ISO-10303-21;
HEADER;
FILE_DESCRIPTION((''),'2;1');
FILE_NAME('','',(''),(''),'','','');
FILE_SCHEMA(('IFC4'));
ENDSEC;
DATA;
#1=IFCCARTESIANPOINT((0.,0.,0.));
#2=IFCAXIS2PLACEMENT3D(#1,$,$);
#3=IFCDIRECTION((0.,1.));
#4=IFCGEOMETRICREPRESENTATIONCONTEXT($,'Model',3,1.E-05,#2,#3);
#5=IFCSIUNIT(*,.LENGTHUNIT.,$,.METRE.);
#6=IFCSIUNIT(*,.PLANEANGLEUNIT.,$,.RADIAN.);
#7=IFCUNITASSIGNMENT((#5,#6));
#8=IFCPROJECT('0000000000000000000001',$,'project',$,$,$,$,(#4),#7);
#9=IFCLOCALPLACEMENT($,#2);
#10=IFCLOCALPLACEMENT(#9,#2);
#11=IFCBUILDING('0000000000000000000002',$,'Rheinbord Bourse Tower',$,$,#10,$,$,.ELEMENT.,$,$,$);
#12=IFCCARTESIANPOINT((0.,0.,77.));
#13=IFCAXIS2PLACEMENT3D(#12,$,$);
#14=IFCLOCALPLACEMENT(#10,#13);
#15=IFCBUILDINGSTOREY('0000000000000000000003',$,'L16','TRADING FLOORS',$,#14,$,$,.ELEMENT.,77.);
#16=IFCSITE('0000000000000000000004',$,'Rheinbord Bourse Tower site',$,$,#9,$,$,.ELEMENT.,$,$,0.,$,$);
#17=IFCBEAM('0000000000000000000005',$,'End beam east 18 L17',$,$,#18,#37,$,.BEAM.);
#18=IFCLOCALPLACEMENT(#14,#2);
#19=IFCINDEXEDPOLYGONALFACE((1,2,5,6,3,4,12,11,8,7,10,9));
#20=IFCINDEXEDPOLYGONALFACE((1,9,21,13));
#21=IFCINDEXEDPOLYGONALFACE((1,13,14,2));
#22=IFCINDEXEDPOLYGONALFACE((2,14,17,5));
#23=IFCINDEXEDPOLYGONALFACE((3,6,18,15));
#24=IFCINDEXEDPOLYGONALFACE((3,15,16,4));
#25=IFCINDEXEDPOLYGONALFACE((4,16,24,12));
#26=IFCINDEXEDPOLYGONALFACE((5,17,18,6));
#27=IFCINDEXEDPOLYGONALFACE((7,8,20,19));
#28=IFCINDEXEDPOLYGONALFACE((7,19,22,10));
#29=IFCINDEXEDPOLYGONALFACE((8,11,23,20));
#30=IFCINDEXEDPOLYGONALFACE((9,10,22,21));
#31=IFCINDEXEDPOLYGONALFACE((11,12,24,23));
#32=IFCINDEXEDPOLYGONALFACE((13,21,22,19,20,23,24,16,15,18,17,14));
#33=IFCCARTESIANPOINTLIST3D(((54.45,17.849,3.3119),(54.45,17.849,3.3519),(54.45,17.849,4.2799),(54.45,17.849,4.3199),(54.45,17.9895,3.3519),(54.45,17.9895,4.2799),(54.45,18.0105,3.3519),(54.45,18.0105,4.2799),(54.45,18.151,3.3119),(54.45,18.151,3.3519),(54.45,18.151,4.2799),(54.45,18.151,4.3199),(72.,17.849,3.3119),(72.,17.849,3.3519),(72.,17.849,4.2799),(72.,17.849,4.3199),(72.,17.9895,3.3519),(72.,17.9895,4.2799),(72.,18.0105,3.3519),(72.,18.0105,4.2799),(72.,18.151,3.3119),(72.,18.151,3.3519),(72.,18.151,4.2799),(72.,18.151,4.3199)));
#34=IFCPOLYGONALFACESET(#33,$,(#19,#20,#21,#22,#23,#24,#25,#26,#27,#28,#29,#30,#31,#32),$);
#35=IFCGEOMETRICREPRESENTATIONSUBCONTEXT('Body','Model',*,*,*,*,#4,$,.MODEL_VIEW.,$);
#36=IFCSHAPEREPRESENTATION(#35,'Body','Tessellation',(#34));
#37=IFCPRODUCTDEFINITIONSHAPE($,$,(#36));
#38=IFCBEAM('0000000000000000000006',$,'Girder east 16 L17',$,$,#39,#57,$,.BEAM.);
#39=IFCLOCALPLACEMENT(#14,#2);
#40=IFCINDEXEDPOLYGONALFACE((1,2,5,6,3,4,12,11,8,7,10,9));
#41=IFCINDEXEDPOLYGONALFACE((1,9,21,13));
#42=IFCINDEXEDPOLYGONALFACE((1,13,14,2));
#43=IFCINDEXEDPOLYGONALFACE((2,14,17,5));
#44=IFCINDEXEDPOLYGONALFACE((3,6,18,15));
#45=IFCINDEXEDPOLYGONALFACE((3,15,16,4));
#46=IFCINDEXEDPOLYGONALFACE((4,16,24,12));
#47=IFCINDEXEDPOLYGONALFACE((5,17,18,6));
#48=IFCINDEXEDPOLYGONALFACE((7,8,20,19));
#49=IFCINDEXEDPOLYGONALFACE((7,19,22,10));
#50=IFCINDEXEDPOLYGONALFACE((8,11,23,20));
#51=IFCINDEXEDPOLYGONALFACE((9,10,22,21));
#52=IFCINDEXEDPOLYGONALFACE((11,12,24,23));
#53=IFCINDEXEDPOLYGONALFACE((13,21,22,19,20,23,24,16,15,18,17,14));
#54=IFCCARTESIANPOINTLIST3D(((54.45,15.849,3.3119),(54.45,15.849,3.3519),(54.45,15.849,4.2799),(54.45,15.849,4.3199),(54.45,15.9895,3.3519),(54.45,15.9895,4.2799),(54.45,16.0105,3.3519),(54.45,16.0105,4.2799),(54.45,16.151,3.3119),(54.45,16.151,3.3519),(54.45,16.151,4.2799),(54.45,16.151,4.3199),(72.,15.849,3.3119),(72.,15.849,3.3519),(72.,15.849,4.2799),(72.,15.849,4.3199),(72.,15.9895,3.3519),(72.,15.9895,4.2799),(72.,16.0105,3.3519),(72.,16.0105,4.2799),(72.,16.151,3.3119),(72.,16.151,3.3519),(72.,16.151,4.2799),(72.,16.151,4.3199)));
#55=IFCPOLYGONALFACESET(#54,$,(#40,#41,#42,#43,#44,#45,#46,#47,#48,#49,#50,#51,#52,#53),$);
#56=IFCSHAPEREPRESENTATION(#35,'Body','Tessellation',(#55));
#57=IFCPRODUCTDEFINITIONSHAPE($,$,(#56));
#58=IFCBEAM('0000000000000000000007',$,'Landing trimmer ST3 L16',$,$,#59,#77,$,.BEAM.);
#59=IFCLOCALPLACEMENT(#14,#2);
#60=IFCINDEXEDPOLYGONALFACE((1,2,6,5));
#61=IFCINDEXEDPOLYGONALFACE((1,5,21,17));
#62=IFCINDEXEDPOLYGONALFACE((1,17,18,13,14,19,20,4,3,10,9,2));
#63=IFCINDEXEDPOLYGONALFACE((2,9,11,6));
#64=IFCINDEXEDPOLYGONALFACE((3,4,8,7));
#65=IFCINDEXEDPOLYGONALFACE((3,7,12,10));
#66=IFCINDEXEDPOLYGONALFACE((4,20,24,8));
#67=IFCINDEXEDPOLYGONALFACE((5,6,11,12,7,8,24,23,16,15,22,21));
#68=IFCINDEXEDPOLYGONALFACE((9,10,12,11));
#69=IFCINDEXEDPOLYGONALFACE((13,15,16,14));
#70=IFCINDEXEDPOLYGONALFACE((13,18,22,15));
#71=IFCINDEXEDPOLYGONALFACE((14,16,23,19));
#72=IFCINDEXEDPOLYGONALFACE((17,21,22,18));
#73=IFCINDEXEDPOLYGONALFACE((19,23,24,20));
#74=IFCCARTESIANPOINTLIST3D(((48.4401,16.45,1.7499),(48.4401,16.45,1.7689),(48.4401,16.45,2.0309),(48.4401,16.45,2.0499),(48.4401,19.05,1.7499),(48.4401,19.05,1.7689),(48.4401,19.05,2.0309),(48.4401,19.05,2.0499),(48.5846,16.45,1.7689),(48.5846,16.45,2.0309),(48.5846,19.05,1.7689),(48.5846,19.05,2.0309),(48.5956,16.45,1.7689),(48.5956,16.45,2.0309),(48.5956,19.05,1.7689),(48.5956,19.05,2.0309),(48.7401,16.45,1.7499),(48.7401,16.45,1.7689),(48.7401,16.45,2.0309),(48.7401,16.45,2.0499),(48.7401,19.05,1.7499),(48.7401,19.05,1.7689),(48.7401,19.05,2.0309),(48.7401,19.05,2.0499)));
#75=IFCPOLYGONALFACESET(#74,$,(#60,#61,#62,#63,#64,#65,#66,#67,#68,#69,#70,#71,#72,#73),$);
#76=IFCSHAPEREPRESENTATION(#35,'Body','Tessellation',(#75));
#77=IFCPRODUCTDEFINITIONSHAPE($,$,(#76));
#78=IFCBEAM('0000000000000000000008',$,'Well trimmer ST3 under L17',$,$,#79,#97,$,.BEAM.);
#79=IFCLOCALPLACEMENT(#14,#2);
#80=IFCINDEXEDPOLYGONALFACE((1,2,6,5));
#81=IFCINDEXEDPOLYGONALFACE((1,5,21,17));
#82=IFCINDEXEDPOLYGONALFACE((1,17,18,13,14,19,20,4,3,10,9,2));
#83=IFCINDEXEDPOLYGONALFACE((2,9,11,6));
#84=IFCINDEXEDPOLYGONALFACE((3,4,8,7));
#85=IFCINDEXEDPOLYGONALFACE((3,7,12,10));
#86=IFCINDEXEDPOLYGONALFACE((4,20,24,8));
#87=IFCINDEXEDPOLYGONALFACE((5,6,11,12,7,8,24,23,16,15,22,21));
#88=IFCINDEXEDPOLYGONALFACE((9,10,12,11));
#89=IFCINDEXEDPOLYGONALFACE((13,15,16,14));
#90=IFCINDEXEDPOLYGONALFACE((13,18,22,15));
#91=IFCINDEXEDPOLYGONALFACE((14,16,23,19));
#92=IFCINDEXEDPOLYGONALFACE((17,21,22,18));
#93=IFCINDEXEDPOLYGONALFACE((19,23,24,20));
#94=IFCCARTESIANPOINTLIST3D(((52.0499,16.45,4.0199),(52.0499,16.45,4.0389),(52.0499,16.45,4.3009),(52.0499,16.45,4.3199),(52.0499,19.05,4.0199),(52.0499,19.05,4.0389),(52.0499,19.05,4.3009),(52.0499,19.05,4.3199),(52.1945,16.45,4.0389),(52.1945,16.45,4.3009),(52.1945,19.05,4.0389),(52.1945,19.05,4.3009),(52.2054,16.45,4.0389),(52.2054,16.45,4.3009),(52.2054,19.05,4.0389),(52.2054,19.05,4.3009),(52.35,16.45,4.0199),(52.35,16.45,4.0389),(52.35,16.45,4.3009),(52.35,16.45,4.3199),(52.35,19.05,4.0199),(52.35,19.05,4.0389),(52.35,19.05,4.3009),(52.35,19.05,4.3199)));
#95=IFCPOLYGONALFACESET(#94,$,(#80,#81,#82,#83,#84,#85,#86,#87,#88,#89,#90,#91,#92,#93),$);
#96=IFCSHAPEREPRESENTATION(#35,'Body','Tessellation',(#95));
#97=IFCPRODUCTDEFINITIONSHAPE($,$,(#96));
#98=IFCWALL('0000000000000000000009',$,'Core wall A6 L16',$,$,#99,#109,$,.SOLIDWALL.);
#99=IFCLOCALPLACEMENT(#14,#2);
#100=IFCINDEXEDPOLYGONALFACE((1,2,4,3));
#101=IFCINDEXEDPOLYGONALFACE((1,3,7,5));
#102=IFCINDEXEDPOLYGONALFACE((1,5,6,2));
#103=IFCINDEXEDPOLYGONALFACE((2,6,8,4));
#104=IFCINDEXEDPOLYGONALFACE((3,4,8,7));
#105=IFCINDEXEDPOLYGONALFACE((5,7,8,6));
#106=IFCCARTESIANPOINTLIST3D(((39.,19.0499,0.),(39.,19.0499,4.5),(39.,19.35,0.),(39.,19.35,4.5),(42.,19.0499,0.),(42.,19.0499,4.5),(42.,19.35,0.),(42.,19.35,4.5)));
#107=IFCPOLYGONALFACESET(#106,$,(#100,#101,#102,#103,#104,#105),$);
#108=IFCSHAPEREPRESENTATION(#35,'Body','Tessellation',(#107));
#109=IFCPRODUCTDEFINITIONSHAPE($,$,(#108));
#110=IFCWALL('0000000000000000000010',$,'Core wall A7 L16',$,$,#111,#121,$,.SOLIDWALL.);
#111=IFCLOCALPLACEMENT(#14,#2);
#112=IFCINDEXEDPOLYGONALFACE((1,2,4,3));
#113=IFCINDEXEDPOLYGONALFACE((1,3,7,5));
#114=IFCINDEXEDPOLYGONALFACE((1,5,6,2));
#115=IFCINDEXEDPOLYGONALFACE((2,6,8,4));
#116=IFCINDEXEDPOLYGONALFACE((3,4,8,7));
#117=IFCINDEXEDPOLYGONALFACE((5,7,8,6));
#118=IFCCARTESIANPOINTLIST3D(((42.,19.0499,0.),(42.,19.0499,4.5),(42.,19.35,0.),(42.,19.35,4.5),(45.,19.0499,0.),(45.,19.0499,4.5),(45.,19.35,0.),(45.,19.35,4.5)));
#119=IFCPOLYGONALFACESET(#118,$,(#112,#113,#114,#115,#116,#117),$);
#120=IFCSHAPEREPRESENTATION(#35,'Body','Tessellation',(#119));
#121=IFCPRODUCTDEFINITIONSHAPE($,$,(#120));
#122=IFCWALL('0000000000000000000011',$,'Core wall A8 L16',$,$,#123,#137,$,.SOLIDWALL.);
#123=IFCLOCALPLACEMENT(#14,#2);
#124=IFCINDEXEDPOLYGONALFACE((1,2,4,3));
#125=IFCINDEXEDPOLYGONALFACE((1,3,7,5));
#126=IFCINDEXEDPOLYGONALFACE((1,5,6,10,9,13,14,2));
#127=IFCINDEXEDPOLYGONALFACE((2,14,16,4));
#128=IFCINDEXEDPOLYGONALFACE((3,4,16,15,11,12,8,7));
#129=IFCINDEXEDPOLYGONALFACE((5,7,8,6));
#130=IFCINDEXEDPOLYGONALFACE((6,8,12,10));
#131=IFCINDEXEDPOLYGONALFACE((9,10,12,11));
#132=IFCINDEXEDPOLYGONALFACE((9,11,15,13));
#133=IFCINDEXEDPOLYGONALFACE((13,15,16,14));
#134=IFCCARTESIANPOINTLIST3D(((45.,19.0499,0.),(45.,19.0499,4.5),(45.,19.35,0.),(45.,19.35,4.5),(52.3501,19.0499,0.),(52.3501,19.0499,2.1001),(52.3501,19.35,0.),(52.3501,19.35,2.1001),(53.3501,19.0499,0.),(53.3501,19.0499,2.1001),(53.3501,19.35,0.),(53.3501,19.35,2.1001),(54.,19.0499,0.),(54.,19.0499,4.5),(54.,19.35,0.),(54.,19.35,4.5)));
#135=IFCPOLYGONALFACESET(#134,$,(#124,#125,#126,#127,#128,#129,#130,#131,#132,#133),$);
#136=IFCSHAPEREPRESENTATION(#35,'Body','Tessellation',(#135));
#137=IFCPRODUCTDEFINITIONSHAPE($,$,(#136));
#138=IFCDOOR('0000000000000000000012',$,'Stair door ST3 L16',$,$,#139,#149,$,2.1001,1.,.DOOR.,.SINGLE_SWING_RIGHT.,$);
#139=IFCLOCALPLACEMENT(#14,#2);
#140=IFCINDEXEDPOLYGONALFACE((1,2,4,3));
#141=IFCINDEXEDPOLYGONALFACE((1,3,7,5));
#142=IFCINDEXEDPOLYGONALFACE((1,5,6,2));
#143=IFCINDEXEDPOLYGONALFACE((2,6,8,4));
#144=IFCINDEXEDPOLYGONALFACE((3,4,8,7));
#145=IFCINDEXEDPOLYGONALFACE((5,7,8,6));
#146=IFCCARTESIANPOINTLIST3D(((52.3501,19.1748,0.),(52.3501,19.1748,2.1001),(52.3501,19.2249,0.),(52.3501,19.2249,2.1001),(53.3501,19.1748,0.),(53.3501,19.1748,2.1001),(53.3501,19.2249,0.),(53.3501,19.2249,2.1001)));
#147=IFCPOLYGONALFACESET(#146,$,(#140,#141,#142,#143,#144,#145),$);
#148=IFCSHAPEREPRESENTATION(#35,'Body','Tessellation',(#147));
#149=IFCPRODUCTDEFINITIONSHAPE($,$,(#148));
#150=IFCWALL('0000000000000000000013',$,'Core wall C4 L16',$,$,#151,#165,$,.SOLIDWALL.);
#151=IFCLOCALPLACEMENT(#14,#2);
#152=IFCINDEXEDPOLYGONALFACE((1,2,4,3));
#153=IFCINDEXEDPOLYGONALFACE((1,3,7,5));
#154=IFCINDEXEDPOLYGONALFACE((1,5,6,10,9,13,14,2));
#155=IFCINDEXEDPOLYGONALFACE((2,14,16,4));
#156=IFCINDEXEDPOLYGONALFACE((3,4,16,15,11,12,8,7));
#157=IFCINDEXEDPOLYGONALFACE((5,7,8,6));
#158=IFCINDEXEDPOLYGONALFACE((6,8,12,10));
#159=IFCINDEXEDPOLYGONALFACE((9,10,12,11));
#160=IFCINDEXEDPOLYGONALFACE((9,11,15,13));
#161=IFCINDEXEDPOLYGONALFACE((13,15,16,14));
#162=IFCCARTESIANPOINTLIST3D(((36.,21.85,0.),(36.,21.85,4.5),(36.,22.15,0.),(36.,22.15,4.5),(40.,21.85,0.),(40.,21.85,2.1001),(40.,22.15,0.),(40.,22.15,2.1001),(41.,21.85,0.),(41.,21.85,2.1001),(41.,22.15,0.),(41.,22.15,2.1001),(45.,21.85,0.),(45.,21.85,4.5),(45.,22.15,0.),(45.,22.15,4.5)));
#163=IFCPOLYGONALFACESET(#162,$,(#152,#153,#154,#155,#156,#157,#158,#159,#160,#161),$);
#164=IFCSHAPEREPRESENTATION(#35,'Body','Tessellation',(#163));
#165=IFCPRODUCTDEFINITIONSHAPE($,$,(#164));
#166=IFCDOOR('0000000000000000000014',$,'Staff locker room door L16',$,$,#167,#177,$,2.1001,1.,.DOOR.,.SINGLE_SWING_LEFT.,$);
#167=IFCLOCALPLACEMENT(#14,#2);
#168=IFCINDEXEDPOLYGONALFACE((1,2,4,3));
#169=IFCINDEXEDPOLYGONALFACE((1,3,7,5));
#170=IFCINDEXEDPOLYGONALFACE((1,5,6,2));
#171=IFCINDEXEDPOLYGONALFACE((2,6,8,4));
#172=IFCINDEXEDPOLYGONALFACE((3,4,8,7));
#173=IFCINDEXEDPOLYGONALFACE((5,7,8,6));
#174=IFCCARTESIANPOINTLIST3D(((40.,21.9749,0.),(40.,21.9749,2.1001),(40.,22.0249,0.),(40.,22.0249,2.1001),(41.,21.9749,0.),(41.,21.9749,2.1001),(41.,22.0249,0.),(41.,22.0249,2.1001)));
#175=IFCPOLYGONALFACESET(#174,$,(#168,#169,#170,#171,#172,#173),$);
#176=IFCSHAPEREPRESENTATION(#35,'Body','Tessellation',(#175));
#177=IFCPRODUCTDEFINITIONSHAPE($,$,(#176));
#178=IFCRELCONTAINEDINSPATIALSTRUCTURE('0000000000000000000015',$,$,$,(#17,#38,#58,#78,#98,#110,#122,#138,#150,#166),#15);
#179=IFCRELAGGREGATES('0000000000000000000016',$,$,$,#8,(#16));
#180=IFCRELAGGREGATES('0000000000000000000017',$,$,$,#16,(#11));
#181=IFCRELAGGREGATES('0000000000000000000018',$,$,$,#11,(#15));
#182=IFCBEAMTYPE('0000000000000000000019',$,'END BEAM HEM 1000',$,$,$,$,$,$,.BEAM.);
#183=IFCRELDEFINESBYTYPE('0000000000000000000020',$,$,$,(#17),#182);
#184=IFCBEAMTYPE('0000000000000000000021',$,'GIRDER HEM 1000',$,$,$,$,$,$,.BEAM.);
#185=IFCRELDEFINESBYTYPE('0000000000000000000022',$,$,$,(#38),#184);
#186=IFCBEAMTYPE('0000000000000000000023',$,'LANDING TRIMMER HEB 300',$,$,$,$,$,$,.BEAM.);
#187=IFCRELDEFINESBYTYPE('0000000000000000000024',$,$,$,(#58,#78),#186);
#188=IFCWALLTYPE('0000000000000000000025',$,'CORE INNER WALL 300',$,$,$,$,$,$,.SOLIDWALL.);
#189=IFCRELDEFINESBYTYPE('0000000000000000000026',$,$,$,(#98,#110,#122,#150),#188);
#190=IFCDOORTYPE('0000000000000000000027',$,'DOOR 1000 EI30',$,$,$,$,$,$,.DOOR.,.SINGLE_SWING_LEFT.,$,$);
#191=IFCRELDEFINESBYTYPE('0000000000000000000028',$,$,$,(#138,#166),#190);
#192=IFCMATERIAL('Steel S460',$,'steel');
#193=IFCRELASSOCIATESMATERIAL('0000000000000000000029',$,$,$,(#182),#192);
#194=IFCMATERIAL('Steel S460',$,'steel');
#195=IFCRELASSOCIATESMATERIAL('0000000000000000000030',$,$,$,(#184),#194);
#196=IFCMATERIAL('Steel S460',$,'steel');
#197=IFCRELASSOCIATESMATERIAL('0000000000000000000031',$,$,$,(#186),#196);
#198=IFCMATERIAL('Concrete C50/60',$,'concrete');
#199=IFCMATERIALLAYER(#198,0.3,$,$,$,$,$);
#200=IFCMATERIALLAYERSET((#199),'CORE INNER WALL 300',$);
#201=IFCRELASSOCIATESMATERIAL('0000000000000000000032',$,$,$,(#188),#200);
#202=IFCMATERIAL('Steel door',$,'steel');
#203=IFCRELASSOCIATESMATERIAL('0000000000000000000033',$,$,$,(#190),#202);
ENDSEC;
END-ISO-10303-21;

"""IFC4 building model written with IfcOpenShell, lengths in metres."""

from ifc_helpers import new_model, si_unit, direction, frame, frame_2d, origin, origin_2d, place, context, subcontext, project, spatial, rectangle, i_section, extrude, material, layer, layer_set, material_profile, profile_set, type_object, element, fill, save


model = new_model("IFC4")

# Units and contexts
model_context = context("Model", 3, precision=1e-05, world=origin(), true_north=direction((0.0, 1.0)))
body_context = subcontext(model_context, "Body", "Model", "MODEL_VIEW")
ifc_project = project(units=[si_unit("LENGTHUNIT", "METRE"), si_unit("PLANEANGLEUNIT", "RADIAN")], contexts=[model_context])

# Site, building, storey
site_placement = place(None, origin())
site = spatial("IfcSite", under=ifc_project, at=site_placement, Name="Rheinbord Bourse Tower site", CompositionType="ELEMENT", RefElevation=0.0)
building_placement = place(site_placement, origin())
building = spatial("IfcBuilding", under=site, at=building_placement, Name="Rheinbord Bourse Tower", CompositionType="ELEMENT")
storey_placement = place(building_placement, frame((0.0, 0.0, 77.0)))
storey = spatial("IfcBuildingStorey", under=building, at=storey_placement, Name="L16", Description="TRADING FLOORS", CompositionType="ELEMENT", Elevation=77.0)

# Beams
ifc_material_1 = material(Name="Steel S460", Category="steel")
ifc_material_profile_1 = material_profile(ifc_material_1, i_section(OverallWidth=0.302, OverallDepth=1.0081, WebThickness=0.021, FlangeThickness=0.04, at=origin_2d()), Name="HEM 1000")
ifc_profile_set_1 = profile_set([ifc_material_profile_1], Name="Steel S460")
beam_type_1 = type_object("IfcBeamType", Name="END BEAM HEM 1000", PredefinedType="BEAM", material=ifc_profile_set_1)
beam_1_placement = place(storey_placement, frame((54.45, 18.0, 3.8159), z_axis=(1.0, 0.0, 0.0), x_axis=(0.0, 1.0, 0.0)))
element("IfcBeam", 1, at=beam_1_placement, inside=storey, type_object=beam_type_1, Name="End beam east 18 L17", PredefinedType="BEAM", context=body_context, shape_type="SweptSolid", body=[
    extrude(i_section(OverallWidth=0.302, OverallDepth=1.0081, WebThickness=0.021, FlangeThickness=0.04, at=origin_2d()), origin(), (0.0, 0.0, 1.0), 17.55),
])
ifc_material_2 = material(Name="Steel S460", Category="steel")
ifc_material_profile_2 = material_profile(ifc_material_2, i_section(OverallWidth=0.302, OverallDepth=1.0081, WebThickness=0.021, FlangeThickness=0.04, at=origin_2d()), Name="HEM 1000")
ifc_profile_set_2 = profile_set([ifc_material_profile_2], Name="Steel S460")
beam_type_2 = type_object("IfcBeamType", Name="GIRDER HEM 1000", PredefinedType="BEAM", material=ifc_profile_set_2)
beam_2_placement = place(storey_placement, frame((54.45, 16.0, 3.8159), z_axis=(1.0, 0.0, 0.0), x_axis=(0.0, 1.0, 0.0)))
element("IfcBeam", 2, at=beam_2_placement, inside=storey, type_object=beam_type_2, Name="Girder east 16 L17", PredefinedType="BEAM", context=body_context, shape_type="SweptSolid", body=[
    extrude(i_section(OverallWidth=0.302, OverallDepth=1.0081, WebThickness=0.021, FlangeThickness=0.04, at=origin_2d()), origin(), (0.0, 0.0, 1.0), 17.55),
])
ifc_material_3 = material(Name="Steel S460", Category="steel")
ifc_material_profile_3 = material_profile(ifc_material_3, i_section(OverallWidth=0.3, OverallDepth=0.3, WebThickness=0.011, FlangeThickness=0.019, at=origin_2d()), Name="HEB 300")
ifc_profile_set_3 = profile_set([ifc_material_profile_3], Name="Steel S460")
beam_type_3 = type_object("IfcBeamType", Name="LANDING TRIMMER HEB 300", PredefinedType="BEAM", material=ifc_profile_set_3)
for number, where, z_axis, x_axis, name in (
    (3, (48.5901, 16.45, 1.8999), (0.0, 1.0, 0.0), (-1.0, 0.0, 0.0), "Landing trimmer ST3 L16"),
    (4, (52.2, 16.45, 4.1699), (0.0, 1.0, 0.0), (-1.0, 0.0, 0.0), "Well trimmer ST3 under L17"),
):
    element("IfcBeam", number, at=place(storey_placement, frame(where, z_axis=z_axis, x_axis=x_axis)), inside=storey, type_object=beam_type_3, Name=name, PredefinedType="BEAM", context=body_context, shape_type="SweptSolid", body=[
        extrude(i_section(OverallWidth=0.3, OverallDepth=0.3, WebThickness=0.011, FlangeThickness=0.019, at=origin_2d()), origin(), (0.0, 0.0, 1.0), 2.6001),
    ])

# Walls
ifc_material_4 = material(Name="Concrete C50/60", Category="concrete")
ifc_layer_1 = layer(ifc_material_4, 0.3)
ifc_layer_set_1 = layer_set([ifc_layer_1], Name="CORE INNER WALL 300")
wall_type_1 = type_object("IfcWallType", Name="CORE INNER WALL 300", PredefinedType="SOLIDWALL", material=ifc_layer_set_1)
for number, where, z_axis, x_axis, name in (
    (5, (39.0, 19.2, 0.0), (0.0, 0.0, 1.0), (1.0, 0.0, 0.0), "Core wall A6 L16"),
    (6, (42.0, 19.2, 0.0), (0.0, 0.0, 1.0), (1.0, 0.0, 0.0), "Core wall A7 L16"),
):
    element("IfcWall", number, at=place(storey_placement, frame(where, z_axis=z_axis, x_axis=x_axis)), inside=storey, type_object=wall_type_1, Name=name, PredefinedType="SOLIDWALL", context=body_context, shape_type="SweptSolid", body=[
        extrude(rectangle(XDim=3.0, YDim=0.3, at=frame_2d((1.5, 0.0))), origin(), (0.0, 0.0, 1.0), 4.5),
    ])

# Walls, openings, doors
wall_1_placement = place(storey_placement, frame((45.0, 19.2, 0.0), z_axis=(0.0, 0.0, 1.0), x_axis=(1.0, 0.0, 0.0)))
wall_1 = element("IfcWall", 7, at=wall_1_placement, inside=storey, type_object=wall_type_1, Name="Core wall A8 L16", PredefinedType="SOLIDWALL", context=body_context, shape_type="SweptSolid", body=[
    extrude(rectangle(XDim=9.0, YDim=0.3, at=frame_2d((4.5, 0.0))), origin(), (0.0, 0.0, 1.0), 4.5),
])
opening_1_placement = place(wall_1_placement, frame((7.3501, 0.0, 0.0)))
opening_1 = element("IfcOpeningElement", 8, at=opening_1_placement, cuts=wall_1, PredefinedType="OPENING", context=body_context, shape_type="SweptSolid", body=[
    extrude(rectangle(XDim=1.0, YDim=2.1001, at=frame_2d((0.5, 1.05))), frame((0.0, 0.1599, 0.0), z_axis=(0.0, -1.0, 0.0), x_axis=(1.0, 0.0, 0.0)), (0.0, 0.0, 1.0), 0.3201),
])
ifc_material_5 = material(Name="Steel door", Category="steel")
door_type_1 = type_object("IfcDoorType", Name="DOOR 1000 EI30", OperationType="SINGLE_SWING_LEFT", PredefinedType="DOOR", material=ifc_material_5)
door_1_placement = place(opening_1_placement, origin())
door_1 = element("IfcDoor", 9, at=door_1_placement, inside=storey, type_object=door_type_1, Name="Stair door ST3 L16", OperationType="SINGLE_SWING_RIGHT", OverallHeight=2.1001, OverallWidth=1.0, PredefinedType="DOOR", context=body_context, shape_type="SweptSolid", body=[
    extrude(rectangle(XDim=1.0, YDim=2.1001, at=frame_2d((0.5, 1.05))), frame((0.0, 0.0249, 0.0), z_axis=(0.0, -1.0, 0.0), x_axis=(1.0, 0.0, 0.0)), (0.0, 0.0, 1.0), 0.05),
])
fill(opening_1, door_1)
wall_2_placement = place(storey_placement, frame((36.0, 22.0, 0.0), z_axis=(0.0, 0.0, 1.0), x_axis=(1.0, 0.0, 0.0)))
wall_2 = element("IfcWall", 10, at=wall_2_placement, inside=storey, type_object=wall_type_1, Name="Core wall C4 L16", PredefinedType="SOLIDWALL", context=body_context, shape_type="SweptSolid", body=[
    extrude(rectangle(XDim=9.0, YDim=0.3, at=frame_2d((4.5, 0.0))), origin(), (0.0, 0.0, 1.0), 4.5),
])
opening_2_placement = place(wall_2_placement, frame((4.0, 0.0, 0.0)))
opening_2 = element("IfcOpeningElement", 11, at=opening_2_placement, cuts=wall_2, PredefinedType="OPENING", context=body_context, shape_type="SweptSolid", body=[
    extrude(rectangle(XDim=1.0, YDim=2.1001, at=frame_2d((0.5, 1.05))), frame((0.0, 0.1599, 0.0), z_axis=(0.0, -1.0, 0.0), x_axis=(1.0, 0.0, 0.0)), (0.0, 0.0, 1.0), 0.3201),
])
door_2_placement = place(opening_2_placement, origin())
door_2 = element("IfcDoor", 12, at=door_2_placement, inside=storey, type_object=door_type_1, Name="Staff locker room door L16", OperationType="SINGLE_SWING_LEFT", OverallHeight=2.1001, OverallWidth=1.0, PredefinedType="DOOR", context=body_context, shape_type="SweptSolid", body=[
    extrude(rectangle(XDim=1.0, YDim=2.1001, at=frame_2d((0.5, 1.05))), frame((0.0, 0.0249, 0.0), z_axis=(0.0, -1.0, 0.0), x_axis=(1.0, 0.0, 0.0)), (0.0, 0.0, 1.0), 0.05),
])
fill(opening_2, door_2)

save(model, "model.ifc")
